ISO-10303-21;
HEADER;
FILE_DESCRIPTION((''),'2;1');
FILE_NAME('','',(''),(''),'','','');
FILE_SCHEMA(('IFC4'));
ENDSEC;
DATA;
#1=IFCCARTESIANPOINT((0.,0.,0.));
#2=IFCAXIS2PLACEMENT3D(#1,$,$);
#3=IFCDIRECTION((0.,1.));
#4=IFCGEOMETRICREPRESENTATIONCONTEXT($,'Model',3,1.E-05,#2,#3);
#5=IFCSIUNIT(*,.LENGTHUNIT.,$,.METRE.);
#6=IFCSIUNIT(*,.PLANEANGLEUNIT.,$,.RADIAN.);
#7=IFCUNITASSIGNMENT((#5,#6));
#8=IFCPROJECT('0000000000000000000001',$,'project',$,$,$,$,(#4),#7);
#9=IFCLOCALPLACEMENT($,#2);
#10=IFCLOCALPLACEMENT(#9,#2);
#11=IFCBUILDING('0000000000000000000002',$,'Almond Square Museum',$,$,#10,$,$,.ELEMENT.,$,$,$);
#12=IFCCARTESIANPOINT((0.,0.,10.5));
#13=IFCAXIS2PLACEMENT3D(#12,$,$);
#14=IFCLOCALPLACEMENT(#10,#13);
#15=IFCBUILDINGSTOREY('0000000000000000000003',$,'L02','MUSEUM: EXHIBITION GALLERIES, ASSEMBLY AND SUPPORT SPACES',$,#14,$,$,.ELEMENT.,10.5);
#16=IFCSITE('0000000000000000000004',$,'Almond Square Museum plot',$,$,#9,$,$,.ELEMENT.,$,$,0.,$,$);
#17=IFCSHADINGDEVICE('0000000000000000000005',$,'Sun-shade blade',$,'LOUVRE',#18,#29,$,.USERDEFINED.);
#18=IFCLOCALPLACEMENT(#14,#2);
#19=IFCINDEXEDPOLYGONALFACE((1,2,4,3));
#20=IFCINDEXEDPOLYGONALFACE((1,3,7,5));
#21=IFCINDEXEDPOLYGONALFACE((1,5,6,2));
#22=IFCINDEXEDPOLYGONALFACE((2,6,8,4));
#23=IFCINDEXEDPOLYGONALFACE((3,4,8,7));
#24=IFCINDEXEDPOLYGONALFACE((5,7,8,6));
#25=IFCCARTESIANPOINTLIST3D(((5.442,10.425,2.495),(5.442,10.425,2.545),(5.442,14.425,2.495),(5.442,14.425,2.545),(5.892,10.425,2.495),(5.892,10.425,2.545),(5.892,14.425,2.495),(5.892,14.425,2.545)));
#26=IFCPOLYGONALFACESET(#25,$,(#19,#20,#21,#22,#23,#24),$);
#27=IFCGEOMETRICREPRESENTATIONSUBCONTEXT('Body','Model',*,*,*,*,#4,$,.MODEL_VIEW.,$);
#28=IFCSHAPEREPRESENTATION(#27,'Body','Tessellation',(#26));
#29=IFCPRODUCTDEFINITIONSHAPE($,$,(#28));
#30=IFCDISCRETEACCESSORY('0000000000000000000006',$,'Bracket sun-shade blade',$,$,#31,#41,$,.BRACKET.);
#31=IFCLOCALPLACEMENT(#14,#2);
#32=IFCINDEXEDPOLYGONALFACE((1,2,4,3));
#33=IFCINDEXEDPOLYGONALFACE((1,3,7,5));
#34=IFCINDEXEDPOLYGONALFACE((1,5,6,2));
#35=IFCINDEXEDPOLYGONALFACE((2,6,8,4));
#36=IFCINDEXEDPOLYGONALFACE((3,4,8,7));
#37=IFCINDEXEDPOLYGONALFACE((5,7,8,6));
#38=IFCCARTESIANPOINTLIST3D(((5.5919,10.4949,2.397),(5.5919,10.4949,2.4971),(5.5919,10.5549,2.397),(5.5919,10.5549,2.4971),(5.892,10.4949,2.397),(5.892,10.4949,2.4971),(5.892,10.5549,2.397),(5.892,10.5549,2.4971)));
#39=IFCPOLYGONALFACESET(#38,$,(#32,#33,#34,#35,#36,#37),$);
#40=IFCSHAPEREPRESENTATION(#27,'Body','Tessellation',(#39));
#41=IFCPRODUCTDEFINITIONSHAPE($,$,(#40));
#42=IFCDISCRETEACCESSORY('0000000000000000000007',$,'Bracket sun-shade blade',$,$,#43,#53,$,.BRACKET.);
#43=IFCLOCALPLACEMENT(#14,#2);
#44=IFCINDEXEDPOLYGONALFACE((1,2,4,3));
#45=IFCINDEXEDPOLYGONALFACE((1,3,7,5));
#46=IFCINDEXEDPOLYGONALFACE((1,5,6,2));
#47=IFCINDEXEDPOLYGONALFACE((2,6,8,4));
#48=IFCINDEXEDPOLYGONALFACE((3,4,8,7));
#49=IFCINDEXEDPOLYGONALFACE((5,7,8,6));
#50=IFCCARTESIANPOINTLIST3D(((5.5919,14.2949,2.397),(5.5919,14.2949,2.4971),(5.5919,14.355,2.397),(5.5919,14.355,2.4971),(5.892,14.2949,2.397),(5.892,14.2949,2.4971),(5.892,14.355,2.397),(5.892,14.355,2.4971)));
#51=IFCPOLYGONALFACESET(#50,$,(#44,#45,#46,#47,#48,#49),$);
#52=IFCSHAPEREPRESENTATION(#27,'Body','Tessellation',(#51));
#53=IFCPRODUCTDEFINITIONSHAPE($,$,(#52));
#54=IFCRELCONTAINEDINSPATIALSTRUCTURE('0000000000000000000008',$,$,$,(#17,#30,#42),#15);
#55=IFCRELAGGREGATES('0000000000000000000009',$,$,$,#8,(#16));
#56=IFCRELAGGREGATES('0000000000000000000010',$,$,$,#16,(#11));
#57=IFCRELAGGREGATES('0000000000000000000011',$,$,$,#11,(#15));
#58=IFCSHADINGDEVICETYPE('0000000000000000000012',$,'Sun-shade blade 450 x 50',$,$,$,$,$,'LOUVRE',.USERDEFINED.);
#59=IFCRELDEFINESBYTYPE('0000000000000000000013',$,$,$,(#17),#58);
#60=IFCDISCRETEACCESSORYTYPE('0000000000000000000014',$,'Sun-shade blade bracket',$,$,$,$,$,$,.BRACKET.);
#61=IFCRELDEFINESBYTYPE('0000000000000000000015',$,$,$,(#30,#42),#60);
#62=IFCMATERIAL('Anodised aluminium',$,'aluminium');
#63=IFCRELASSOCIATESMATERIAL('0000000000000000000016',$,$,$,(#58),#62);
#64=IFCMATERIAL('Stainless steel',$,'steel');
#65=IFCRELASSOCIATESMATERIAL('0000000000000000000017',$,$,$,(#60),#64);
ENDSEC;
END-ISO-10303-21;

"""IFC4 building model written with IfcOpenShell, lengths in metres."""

from ifc_helpers import new_model, si_unit, direction, frame, origin, origin_2d, place, context, subcontext, project, spatial, rectangle, extrude, material, material_profile, profile_set, type_object, element, save


model = new_model("IFC4")

# Units and contexts
model_context = context("Model", 3, precision=1e-05, world=origin(), true_north=direction((0.0, 1.0)))
body_context = subcontext(model_context, "Body", "Model", "MODEL_VIEW")
ifc_project = project(units=[si_unit("LENGTHUNIT", "METRE"), si_unit("PLANEANGLEUNIT", "RADIAN")], contexts=[model_context])

# Site, building, storey
site_placement = place(None, origin())
site = spatial("IfcSite", under=ifc_project, at=site_placement, Name="Almond Square Museum plot", CompositionType="ELEMENT", RefElevation=0.0)
building_placement = place(site_placement, origin())
building = spatial("IfcBuilding", under=site, at=building_placement, Name="Almond Square Museum", CompositionType="ELEMENT")
storey_placement = place(building_placement, frame((0.0, 0.0, 10.5)))
storey = spatial("IfcBuildingStorey", under=building, at=storey_placement, Name="L02", Description="MUSEUM: EXHIBITION GALLERIES, ASSEMBLY AND SUPPORT SPACES", CompositionType="ELEMENT", Elevation=10.5)

# Shading device
ifc_material_1 = material(Name="Anodised aluminium", Category="aluminium")
ifc_material_profile = material_profile(ifc_material_1, rectangle(XDim=0.45, YDim=0.05, at=origin_2d()))
ifc_profile_set = profile_set([ifc_material_profile], Name="Anodised aluminium")
shading_device_type = type_object("IfcShadingDeviceType", Name="Sun-shade blade 450 x 50", ElementType="LOUVRE", PredefinedType="USERDEFINED", material=ifc_profile_set)
shading_device_placement = place(storey_placement, frame((5.667, 10.425, 2.52), z_axis=(0.0, 1.0, 0.0), x_axis=(-1.0, 0.0, 0.0)))
element("IfcShadingDevice", 1, at=shading_device_placement, inside=storey, type_object=shading_device_type, Name="Sun-shade blade", ObjectType="LOUVRE", PredefinedType="USERDEFINED", context=body_context, shape_type="SweptSolid", body=[
    extrude(rectangle(XDim=0.45, YDim=0.05, at=origin_2d()), origin(), (0.0, 0.0, 1.0), 4.0),
])

# Discrete accessories
ifc_material_2 = material(Name="Stainless steel", Category="steel")
discrete_accessory_type = type_object("IfcDiscreteAccessoryType", Name="Sun-shade blade bracket", PredefinedType="BRACKET", material=ifc_material_2)
for number, where, z_axis, x_axis, name in (
    (2, (5.7419, 10.5249, 2.397), (0.0, 0.0, 1.0), (1.0, 0.0, 0.0), "Bracket sun-shade blade"),
    (3, (5.7419, 14.325, 2.397), (0.0, 0.0, 1.0), (1.0, 0.0, 0.0), "Bracket sun-shade blade"),
):
    element("IfcDiscreteAccessory", number, at=place(storey_placement, frame(where, z_axis=z_axis, x_axis=x_axis)), inside=storey, type_object=discrete_accessory_type, Name=name, PredefinedType="BRACKET", context=body_context, shape_type="SweptSolid", body=[
        extrude(rectangle(XDim=0.3, YDim=0.0601, at=origin_2d()), origin(), (0.0, 0.0, 1.0), 0.1001),
    ])

save(model, "model.ifc")
